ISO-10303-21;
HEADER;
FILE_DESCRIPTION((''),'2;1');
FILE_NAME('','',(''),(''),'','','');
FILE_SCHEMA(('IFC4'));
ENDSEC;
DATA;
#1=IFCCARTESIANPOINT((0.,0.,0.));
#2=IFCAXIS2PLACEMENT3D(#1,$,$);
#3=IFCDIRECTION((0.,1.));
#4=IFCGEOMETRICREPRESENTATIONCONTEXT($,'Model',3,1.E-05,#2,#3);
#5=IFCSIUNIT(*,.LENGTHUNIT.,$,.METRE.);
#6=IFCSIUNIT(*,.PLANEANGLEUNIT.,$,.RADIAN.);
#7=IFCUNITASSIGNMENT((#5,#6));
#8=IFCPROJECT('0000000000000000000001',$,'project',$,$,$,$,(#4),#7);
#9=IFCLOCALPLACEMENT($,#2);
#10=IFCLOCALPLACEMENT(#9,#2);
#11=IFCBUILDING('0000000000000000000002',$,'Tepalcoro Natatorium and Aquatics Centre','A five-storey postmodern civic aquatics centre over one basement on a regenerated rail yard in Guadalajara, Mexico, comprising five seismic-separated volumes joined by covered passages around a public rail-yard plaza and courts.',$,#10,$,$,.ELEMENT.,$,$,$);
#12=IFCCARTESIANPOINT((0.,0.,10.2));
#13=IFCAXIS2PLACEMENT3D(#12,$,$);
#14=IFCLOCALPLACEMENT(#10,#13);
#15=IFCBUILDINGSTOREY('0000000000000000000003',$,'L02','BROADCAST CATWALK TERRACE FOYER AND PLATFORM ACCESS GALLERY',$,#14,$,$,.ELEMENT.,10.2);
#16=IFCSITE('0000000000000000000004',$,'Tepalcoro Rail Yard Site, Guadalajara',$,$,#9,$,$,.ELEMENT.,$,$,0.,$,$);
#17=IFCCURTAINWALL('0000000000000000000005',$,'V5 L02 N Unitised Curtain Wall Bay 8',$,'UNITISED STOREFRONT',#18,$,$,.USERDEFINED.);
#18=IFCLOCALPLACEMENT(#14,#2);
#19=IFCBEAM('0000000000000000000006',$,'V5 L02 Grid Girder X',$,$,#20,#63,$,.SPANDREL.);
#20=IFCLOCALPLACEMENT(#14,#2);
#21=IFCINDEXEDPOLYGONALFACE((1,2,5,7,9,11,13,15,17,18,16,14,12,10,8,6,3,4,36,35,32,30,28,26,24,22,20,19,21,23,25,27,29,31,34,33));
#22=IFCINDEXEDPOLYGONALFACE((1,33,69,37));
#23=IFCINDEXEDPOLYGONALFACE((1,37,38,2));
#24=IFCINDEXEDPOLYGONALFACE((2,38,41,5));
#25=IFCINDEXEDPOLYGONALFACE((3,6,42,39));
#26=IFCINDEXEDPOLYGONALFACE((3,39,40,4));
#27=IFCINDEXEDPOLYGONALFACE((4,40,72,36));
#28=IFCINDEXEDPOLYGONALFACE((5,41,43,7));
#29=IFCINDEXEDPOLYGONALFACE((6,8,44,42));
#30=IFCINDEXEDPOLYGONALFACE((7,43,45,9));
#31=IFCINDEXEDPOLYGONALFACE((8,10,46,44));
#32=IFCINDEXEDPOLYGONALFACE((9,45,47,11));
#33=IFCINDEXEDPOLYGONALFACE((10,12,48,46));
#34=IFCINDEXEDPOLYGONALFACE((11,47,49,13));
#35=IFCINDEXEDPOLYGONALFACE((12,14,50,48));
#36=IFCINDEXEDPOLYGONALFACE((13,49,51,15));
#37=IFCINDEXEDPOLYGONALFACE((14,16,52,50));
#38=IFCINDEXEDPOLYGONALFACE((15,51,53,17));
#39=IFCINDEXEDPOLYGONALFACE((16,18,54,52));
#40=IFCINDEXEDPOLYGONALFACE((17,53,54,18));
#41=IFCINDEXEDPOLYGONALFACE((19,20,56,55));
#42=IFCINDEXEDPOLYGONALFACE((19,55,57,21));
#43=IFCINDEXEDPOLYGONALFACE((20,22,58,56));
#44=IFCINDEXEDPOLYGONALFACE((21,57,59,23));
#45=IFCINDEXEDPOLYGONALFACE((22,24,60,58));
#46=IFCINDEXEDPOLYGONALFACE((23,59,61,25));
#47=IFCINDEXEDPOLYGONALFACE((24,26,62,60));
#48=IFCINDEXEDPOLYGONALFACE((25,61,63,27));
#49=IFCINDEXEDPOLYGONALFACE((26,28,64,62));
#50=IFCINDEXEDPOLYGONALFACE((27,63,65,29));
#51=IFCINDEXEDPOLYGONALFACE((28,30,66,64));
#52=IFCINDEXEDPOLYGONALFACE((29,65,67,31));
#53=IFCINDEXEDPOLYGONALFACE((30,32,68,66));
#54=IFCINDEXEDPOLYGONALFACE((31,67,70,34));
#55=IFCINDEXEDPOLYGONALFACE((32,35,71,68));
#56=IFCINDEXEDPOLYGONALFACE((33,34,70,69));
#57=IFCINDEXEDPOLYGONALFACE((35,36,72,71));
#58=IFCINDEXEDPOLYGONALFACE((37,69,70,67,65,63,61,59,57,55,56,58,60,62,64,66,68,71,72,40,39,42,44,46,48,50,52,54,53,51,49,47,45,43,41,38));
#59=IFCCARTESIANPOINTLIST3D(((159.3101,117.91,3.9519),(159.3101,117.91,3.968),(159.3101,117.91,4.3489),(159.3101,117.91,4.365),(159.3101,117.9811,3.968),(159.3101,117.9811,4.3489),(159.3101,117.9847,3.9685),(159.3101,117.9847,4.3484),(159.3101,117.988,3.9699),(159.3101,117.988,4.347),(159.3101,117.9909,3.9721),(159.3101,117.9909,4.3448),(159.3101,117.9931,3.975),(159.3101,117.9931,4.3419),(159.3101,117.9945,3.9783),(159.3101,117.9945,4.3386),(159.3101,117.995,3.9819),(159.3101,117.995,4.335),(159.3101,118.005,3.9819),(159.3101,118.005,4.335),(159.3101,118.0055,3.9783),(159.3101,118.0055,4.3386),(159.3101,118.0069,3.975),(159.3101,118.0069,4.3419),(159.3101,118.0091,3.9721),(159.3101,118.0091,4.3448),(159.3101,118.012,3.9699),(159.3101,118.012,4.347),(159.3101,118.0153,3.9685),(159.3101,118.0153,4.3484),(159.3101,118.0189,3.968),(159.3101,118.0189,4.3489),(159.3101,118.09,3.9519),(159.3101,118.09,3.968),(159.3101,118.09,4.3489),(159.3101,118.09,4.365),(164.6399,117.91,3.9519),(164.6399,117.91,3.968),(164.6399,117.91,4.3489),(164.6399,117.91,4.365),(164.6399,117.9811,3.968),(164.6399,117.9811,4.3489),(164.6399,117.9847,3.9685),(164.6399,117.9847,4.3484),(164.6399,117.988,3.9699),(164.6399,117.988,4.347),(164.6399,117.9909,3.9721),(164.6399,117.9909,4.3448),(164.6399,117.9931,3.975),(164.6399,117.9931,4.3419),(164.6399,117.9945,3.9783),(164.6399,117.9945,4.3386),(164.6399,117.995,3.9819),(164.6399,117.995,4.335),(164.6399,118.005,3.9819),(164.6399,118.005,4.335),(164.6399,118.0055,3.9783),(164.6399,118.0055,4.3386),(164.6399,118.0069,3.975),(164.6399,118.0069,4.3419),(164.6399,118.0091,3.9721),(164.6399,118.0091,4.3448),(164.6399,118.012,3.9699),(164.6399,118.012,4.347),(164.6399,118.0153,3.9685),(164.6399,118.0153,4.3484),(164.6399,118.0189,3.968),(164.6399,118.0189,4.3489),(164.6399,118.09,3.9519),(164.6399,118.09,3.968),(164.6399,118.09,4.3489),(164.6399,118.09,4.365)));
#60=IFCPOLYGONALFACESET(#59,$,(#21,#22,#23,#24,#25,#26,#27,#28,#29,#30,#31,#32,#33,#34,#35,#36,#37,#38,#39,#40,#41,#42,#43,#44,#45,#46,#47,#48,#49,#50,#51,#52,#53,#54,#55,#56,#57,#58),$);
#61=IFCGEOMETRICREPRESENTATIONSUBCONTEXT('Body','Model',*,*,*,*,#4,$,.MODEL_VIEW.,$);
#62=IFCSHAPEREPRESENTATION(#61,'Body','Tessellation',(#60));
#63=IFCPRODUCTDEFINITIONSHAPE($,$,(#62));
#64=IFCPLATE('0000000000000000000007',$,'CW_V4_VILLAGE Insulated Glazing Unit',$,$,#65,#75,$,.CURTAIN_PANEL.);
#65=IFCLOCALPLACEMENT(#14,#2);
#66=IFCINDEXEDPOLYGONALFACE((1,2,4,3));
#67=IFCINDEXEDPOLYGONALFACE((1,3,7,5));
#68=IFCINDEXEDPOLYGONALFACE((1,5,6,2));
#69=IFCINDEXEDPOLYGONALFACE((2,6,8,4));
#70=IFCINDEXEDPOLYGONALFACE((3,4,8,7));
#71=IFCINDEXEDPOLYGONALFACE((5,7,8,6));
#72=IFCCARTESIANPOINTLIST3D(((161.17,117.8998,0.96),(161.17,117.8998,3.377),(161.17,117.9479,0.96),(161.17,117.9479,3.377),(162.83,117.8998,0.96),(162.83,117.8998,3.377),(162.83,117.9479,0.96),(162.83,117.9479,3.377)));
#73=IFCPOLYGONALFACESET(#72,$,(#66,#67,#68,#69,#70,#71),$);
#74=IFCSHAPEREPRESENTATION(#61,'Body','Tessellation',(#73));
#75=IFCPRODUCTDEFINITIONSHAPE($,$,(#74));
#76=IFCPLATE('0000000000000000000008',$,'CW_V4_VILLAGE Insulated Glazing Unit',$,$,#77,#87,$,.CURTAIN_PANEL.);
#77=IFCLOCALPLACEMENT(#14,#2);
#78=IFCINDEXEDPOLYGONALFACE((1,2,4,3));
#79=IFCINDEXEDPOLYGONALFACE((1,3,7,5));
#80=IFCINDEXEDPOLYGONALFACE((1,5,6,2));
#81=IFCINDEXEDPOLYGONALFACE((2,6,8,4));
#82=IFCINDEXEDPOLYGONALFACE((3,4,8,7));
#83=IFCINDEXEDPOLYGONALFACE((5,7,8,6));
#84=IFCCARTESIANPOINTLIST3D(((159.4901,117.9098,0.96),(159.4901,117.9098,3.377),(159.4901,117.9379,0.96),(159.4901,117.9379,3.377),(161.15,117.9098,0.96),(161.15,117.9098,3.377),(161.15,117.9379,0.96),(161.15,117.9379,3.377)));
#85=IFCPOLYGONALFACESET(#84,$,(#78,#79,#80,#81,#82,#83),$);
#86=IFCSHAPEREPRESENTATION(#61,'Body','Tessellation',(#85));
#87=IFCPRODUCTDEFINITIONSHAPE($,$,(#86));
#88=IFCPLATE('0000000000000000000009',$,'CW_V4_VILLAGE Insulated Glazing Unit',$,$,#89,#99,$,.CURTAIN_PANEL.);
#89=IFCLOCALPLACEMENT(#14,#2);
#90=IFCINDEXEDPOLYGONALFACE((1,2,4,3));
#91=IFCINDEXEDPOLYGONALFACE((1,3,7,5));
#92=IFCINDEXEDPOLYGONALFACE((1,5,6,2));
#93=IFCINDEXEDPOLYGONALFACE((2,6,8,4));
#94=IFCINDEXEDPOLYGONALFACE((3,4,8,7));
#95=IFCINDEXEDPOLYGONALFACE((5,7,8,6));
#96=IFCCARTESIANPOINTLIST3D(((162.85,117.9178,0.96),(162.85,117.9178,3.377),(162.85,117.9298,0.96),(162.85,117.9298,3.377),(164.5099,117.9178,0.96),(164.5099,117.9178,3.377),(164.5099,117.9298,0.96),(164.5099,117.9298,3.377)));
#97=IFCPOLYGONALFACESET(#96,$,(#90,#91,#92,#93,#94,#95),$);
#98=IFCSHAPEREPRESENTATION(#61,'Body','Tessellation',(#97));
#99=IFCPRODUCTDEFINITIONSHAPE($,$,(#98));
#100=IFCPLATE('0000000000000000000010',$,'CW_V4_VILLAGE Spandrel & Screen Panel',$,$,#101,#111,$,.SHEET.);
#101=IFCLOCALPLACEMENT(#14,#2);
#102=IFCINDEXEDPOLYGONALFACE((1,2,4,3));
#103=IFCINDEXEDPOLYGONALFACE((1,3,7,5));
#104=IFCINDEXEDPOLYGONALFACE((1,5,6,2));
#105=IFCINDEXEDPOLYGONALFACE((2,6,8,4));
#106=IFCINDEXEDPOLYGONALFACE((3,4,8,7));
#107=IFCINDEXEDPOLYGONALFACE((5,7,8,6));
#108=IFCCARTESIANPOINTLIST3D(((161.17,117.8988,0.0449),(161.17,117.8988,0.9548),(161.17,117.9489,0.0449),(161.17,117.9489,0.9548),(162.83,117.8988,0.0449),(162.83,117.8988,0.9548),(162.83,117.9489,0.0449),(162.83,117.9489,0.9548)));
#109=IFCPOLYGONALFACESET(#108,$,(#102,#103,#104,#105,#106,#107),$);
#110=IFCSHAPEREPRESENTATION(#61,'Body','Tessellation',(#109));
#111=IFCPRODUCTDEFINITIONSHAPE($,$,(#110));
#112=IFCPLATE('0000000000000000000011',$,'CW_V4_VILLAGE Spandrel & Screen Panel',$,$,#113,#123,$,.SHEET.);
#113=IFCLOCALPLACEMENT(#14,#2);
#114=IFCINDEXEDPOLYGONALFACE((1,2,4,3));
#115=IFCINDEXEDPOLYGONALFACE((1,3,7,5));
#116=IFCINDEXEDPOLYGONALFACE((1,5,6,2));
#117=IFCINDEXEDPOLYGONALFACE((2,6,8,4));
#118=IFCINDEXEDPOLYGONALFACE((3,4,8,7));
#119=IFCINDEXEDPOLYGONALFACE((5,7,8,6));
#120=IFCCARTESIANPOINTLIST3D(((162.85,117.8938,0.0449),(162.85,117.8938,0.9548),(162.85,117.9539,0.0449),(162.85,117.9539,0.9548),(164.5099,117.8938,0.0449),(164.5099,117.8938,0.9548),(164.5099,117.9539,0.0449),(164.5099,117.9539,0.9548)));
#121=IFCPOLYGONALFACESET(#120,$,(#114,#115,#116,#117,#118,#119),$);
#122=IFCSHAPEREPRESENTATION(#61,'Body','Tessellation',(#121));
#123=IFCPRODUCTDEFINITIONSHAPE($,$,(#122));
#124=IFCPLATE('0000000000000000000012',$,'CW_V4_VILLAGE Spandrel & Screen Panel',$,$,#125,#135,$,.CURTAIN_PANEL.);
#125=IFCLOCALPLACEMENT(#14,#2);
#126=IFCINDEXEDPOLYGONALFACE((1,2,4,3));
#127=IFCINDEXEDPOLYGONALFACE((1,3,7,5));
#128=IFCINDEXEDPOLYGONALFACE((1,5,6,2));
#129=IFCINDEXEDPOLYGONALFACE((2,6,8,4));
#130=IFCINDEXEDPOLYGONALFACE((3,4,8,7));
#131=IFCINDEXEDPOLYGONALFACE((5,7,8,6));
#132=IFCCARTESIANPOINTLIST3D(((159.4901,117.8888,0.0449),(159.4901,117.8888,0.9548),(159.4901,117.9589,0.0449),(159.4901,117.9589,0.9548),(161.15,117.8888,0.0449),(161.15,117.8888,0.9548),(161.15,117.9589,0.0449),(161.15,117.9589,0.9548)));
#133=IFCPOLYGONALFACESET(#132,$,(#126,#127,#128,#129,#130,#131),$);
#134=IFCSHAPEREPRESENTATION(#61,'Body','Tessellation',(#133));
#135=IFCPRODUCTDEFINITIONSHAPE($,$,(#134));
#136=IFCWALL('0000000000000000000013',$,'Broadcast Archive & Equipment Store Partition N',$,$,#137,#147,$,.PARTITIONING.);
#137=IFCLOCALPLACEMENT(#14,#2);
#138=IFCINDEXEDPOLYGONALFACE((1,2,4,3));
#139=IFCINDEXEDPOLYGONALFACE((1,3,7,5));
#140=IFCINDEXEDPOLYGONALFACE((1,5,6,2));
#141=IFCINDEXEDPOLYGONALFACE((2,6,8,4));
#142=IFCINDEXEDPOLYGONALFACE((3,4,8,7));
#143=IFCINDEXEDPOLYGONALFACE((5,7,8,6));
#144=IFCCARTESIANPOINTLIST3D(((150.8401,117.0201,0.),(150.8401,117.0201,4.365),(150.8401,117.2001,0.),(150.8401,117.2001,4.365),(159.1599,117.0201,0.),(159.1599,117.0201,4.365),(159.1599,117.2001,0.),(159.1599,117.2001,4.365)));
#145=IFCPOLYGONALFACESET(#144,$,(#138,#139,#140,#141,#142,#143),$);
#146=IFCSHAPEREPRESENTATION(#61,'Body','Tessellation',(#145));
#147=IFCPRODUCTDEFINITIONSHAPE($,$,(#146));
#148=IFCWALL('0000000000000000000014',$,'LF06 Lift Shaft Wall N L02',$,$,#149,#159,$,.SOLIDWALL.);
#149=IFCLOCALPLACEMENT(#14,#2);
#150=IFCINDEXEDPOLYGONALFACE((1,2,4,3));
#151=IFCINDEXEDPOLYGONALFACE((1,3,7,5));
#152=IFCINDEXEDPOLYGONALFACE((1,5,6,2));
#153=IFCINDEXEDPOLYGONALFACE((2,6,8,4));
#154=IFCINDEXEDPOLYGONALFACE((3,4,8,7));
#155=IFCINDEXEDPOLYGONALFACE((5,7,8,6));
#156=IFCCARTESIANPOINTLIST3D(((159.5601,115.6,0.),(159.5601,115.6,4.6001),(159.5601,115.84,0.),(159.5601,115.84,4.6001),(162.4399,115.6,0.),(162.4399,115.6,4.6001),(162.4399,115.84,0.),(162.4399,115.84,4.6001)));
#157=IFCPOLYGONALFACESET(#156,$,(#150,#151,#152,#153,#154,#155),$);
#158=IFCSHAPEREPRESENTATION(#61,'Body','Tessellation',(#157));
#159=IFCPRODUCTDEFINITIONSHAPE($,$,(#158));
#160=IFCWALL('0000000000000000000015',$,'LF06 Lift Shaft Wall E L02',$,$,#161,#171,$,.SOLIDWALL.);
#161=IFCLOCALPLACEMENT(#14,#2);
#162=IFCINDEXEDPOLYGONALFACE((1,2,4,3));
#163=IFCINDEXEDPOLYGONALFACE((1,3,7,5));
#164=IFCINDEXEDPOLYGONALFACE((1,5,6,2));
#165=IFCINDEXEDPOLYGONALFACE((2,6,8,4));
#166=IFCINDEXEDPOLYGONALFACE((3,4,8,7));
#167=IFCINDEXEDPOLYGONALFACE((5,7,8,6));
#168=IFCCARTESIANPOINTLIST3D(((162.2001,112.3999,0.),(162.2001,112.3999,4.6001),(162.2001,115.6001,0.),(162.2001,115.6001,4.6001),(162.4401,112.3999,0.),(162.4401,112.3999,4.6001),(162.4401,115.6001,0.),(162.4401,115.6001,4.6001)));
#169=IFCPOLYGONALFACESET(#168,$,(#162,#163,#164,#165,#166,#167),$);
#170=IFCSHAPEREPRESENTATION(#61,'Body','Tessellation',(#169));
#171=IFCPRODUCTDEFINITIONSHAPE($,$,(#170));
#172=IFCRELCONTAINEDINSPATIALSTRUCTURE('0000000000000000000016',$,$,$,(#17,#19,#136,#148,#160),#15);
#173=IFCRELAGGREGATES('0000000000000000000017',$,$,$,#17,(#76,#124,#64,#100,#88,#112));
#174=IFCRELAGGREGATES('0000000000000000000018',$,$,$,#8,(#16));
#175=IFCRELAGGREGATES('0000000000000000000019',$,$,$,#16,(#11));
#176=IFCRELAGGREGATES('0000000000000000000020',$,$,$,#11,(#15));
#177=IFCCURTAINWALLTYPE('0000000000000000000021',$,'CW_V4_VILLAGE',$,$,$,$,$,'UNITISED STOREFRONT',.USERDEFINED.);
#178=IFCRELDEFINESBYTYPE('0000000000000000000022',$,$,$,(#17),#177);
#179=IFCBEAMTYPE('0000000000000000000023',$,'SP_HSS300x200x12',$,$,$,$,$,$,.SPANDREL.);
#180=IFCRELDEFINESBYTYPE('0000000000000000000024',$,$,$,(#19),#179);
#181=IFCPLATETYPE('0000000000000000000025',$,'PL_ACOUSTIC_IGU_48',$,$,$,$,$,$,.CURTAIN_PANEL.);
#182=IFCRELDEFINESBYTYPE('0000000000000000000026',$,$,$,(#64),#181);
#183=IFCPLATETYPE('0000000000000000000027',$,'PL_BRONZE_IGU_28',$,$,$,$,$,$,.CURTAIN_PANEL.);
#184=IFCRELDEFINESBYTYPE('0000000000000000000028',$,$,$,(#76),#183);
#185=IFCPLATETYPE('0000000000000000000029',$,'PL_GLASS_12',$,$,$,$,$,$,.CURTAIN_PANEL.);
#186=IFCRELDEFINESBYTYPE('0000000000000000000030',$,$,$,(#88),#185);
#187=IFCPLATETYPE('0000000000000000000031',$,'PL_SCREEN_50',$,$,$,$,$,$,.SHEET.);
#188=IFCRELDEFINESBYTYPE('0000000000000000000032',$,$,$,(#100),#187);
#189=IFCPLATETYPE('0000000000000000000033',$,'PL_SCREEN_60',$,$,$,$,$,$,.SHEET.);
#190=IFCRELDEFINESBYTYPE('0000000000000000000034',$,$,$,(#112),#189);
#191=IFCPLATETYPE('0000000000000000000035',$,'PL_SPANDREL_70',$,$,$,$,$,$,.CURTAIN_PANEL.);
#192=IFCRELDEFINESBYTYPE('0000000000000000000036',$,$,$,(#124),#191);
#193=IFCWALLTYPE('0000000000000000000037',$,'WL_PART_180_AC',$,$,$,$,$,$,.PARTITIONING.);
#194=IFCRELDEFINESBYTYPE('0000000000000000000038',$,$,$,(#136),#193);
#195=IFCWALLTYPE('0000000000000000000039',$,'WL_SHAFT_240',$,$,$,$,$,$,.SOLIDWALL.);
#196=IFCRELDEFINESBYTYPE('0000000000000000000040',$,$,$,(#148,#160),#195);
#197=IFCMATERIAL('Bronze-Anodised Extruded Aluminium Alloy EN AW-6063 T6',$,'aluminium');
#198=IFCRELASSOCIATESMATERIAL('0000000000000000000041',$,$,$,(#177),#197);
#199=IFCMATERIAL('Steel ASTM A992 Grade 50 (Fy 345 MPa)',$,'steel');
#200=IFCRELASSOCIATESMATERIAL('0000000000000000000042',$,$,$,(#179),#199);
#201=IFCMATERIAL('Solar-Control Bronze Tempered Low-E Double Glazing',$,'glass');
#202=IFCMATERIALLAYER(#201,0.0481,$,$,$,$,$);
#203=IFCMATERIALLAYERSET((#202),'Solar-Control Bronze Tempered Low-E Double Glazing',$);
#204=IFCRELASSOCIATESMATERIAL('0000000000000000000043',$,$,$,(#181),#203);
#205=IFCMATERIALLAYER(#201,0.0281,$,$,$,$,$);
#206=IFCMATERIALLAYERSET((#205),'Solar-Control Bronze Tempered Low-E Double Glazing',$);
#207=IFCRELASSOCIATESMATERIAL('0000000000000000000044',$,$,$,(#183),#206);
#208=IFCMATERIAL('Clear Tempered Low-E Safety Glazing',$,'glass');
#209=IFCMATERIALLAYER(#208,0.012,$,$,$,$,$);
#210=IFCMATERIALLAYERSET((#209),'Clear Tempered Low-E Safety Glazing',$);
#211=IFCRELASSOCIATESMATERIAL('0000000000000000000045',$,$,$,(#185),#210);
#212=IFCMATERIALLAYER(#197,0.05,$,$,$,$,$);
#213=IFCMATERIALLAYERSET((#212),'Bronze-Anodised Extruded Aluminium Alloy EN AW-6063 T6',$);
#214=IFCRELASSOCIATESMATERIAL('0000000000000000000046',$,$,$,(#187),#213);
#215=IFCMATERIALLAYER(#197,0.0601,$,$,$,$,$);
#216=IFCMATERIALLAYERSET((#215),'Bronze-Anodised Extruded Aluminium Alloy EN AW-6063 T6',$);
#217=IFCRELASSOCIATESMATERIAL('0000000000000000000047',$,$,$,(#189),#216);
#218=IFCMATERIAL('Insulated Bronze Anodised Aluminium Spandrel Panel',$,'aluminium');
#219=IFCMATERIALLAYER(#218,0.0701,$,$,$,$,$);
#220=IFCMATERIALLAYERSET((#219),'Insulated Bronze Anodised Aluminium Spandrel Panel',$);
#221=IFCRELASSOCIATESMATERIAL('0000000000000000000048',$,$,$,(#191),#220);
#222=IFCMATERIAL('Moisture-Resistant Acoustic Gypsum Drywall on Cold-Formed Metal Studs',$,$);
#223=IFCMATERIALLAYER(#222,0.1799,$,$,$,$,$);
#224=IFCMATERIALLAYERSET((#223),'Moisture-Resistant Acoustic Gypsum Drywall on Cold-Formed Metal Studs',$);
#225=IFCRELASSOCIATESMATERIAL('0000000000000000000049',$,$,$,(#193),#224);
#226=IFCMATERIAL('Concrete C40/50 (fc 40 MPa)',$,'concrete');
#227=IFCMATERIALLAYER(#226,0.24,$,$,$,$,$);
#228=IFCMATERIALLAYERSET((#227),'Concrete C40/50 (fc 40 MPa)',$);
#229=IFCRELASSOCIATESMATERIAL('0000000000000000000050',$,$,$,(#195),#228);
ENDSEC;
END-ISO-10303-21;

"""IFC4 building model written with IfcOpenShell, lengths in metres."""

from ifc_helpers import new_model, si_unit, direction, frame, frame_2d, origin, origin_2d, place, context, subcontext, project, spatial, rectangle, i_section, extrude, material, layer, layer_set, material_profile, profile_set, type_object, element, aggregate, save


model = new_model("IFC4")

# Units and contexts
model_context = context("Model", 3, precision=1e-05, world=origin(), true_north=direction((0.0, 1.0)))
body_context = subcontext(model_context, "Body", "Model", "MODEL_VIEW")
ifc_project = project(units=[si_unit("LENGTHUNIT", "METRE"), si_unit("PLANEANGLEUNIT", "RADIAN")], contexts=[model_context])

# Site, building, storey
site_placement = place(None, origin())
site = spatial("IfcSite", under=ifc_project, at=site_placement, Name="Tepalcoro Rail Yard Site, Guadalajara", CompositionType="ELEMENT", RefElevation=0.0)
building_placement = place(site_placement, origin())
building = spatial("IfcBuilding", under=site, at=building_placement, Name="Tepalcoro Natatorium and Aquatics Centre", Description="A five-storey postmodern civic aquatics centre over one basement on a regenerated rail yard in Guadalajara, Mexico, comprising five seismic-separated volumes joined by covered passages around a public rail-yard plaza and courts.", CompositionType="ELEMENT")
storey_placement = place(building_placement, frame((0.0, 0.0, 10.2)))
storey = spatial("IfcBuildingStorey", under=building, at=storey_placement, Name="L02", Description="BROADCAST CATWALK TERRACE FOYER AND PLATFORM ACCESS GALLERY", CompositionType="ELEMENT", Elevation=10.2)

# Shared definitions
ifc_material_1 = material(Name="Concrete C40/50 (fc 40 MPa)", Category="concrete")

# Curtain wall
ifc_material_2 = material(Name="Bronze-Anodised Extruded Aluminium Alloy EN AW-6063 T6", Category="aluminium")
curtain_wall_type = type_object("IfcCurtainWallType", Name="CW_V4_VILLAGE", ElementType="UNITISED STOREFRONT", PredefinedType="USERDEFINED", material=ifc_material_2)
curtain_wall_placement = place(storey_placement, origin())
curtain_wall = element("IfcCurtainWall", 1, at=curtain_wall_placement, inside=storey, type_object=curtain_wall_type, Name="V5 L02 N Unitised Curtain Wall Bay 8", ObjectType="UNITISED STOREFRONT", PredefinedType="USERDEFINED")

# Beam
ifc_material_3 = material(Name="Steel ASTM A992 Grade 50 (Fy 345 MPa)", Category="steel")
ifc_material_profile_1 = material_profile(ifc_material_3, i_section(OverallWidth=0.1799, OverallDepth=0.4131, WebThickness=0.01, FlangeThickness=0.0161, FilletRadius=0.0139, at=origin_2d()), Name="W16X50")
ifc_profile_set_1 = profile_set([ifc_material_profile_1], Name="Steel ASTM A992 Grade 50 (Fy 345 MPa)")
beam_type = type_object("IfcBeamType", Name="SP_HSS300x200x12", PredefinedType="SPANDREL", material=ifc_profile_set_1)
beam_placement = place(storey_placement, frame((159.3101, 118.0, 4.1584), z_axis=(1.0, 0.0, 0.0), x_axis=(0.0, 1.0, 0.0)))
element("IfcBeam", 2, at=beam_placement, inside=storey, type_object=beam_type, Name="V5 L02 Grid Girder X", PredefinedType="SPANDREL", context=body_context, shape_type="SweptSolid", body=[
    extrude(i_section(OverallWidth=0.1799, OverallDepth=0.4131, WebThickness=0.01, FlangeThickness=0.0161, FilletRadius=0.0139, at=origin_2d()), origin(), (0.0, 0.0, 1.0), 5.3298),
])

# Plates
ifc_material_4 = material(Name="Solar-Control Bronze Tempered Low-E Double Glazing", Category="glass")
ifc_layer_1 = layer(ifc_material_4, 0.0481)
ifc_layer_set_1 = layer_set([ifc_layer_1], Name="Solar-Control Bronze Tempered Low-E Double Glazing")
plate_type_1 = type_object("IfcPlateType", Name="PL_ACOUSTIC_IGU_48", PredefinedType="CURTAIN_PANEL", material=ifc_layer_set_1)
plate_1_placement = place(storey_placement, frame((162.0, 117.9238, 0.96), z_axis=(0.0, 0.0, 1.0), x_axis=(1.0, 0.0, 0.0)))
plate_1 = element("IfcPlate", 3, at=plate_1_placement, type_object=plate_type_1, Name="CW_V4_VILLAGE Insulated Glazing Unit", PredefinedType="CURTAIN_PANEL", context=body_context, shape_type="SweptSolid", body=[
    extrude(rectangle(XDim=1.6599, YDim=0.0481, at=origin_2d()), origin(), (0.0, 0.0, 1.0), 2.417),
])
ifc_layer_2 = layer(ifc_material_4, 0.0281)
ifc_layer_set_2 = layer_set([ifc_layer_2], Name="Solar-Control Bronze Tempered Low-E Double Glazing")
plate_type_2 = type_object("IfcPlateType", Name="PL_BRONZE_IGU_28", PredefinedType="CURTAIN_PANEL", material=ifc_layer_set_2)
plate_2_placement = place(storey_placement, frame((160.3201, 117.9238, 0.96), z_axis=(0.0, 0.0, 1.0), x_axis=(1.0, 0.0, 0.0)))
plate_2 = element("IfcPlate", 4, at=plate_2_placement, type_object=plate_type_2, Name="CW_V4_VILLAGE Insulated Glazing Unit", PredefinedType="CURTAIN_PANEL", context=body_context, shape_type="SweptSolid", body=[
    extrude(rectangle(XDim=1.6599, YDim=0.0281, at=origin_2d()), origin(), (0.0, 0.0, 1.0), 2.417),
])
ifc_material_5 = material(Name="Clear Tempered Low-E Safety Glazing", Category="glass")
ifc_layer_3 = layer(ifc_material_5, 0.012)
ifc_layer_set_3 = layer_set([ifc_layer_3], Name="Clear Tempered Low-E Safety Glazing")
plate_type_3 = type_object("IfcPlateType", Name="PL_GLASS_12", PredefinedType="CURTAIN_PANEL", material=ifc_layer_set_3)
plate_3_placement = place(storey_placement, frame((163.6799, 117.9238, 0.96), z_axis=(0.0, 0.0, 1.0), x_axis=(1.0, 0.0, 0.0)))
plate_3 = element("IfcPlate", 5, at=plate_3_placement, type_object=plate_type_3, Name="CW_V4_VILLAGE Insulated Glazing Unit", PredefinedType="CURTAIN_PANEL", context=body_context, shape_type="SweptSolid", body=[
    extrude(rectangle(XDim=1.6599, YDim=0.012, at=origin_2d()), origin(), (0.0, 0.0, 1.0), 2.417),
])
ifc_layer_4 = layer(ifc_material_2, 0.05)
ifc_layer_set_4 = layer_set([ifc_layer_4], Name="Bronze-Anodised Extruded Aluminium Alloy EN AW-6063 T6")
plate_type_4 = type_object("IfcPlateType", Name="PL_SCREEN_50", PredefinedType="SHEET", material=ifc_layer_set_4)
plate_4_placement = place(storey_placement, frame((162.0, 117.9238, 0.0449), z_axis=(0.0, 0.0, 1.0), x_axis=(1.0, 0.0, 0.0)))
plate_4 = element("IfcPlate", 6, at=plate_4_placement, type_object=plate_type_4, Name="CW_V4_VILLAGE Spandrel & Screen Panel", PredefinedType="SHEET", context=body_context, shape_type="SweptSolid", body=[
    extrude(rectangle(XDim=1.6599, YDim=0.05, at=origin_2d()), origin(), (0.0, 0.0, 1.0), 0.9099),
])
ifc_layer_5 = layer(ifc_material_2, 0.0601)
ifc_layer_set_5 = layer_set([ifc_layer_5], Name="Bronze-Anodised Extruded Aluminium Alloy EN AW-6063 T6")
plate_type_5 = type_object("IfcPlateType", Name="PL_SCREEN_60", PredefinedType="SHEET", material=ifc_layer_set_5)
plate_5_placement = place(storey_placement, frame((163.6799, 117.9238, 0.0449), z_axis=(0.0, 0.0, 1.0), x_axis=(1.0, 0.0, 0.0)))
plate_5 = element("IfcPlate", 7, at=plate_5_placement, type_object=plate_type_5, Name="CW_V4_VILLAGE Spandrel & Screen Panel", PredefinedType="SHEET", context=body_context, shape_type="SweptSolid", body=[
    extrude(rectangle(XDim=1.6599, YDim=0.0601, at=origin_2d()), origin(), (0.0, 0.0, 1.0), 0.9099),
])
ifc_material_6 = material(Name="Insulated Bronze Anodised Aluminium Spandrel Panel", Category="aluminium")
ifc_layer_6 = layer(ifc_material_6, 0.0701)
ifc_layer_set_6 = layer_set([ifc_layer_6], Name="Insulated Bronze Anodised Aluminium Spandrel Panel")
plate_type_6 = type_object("IfcPlateType", Name="PL_SPANDREL_70", PredefinedType="CURTAIN_PANEL", material=ifc_layer_set_6)
plate_6_placement = place(storey_placement, frame((160.3201, 117.9238, 0.0449), z_axis=(0.0, 0.0, 1.0), x_axis=(1.0, 0.0, 0.0)))
plate_6 = element("IfcPlate", 8, at=plate_6_placement, type_object=plate_type_6, Name="CW_V4_VILLAGE Spandrel & Screen Panel", PredefinedType="CURTAIN_PANEL", context=body_context, shape_type="SweptSolid", body=[
    extrude(rectangle(XDim=1.6599, YDim=0.0701, at=origin_2d()), origin(), (0.0, 0.0, 1.0), 0.9099),
])
aggregate(curtain_wall, [plate_2, plate_6, plate_1, plate_4, plate_3, plate_5])

# Walls
ifc_material_7 = material(Name="Moisture-Resistant Acoustic Gypsum Drywall on Cold-Formed Metal Studs")
ifc_layer_7 = layer(ifc_material_7, 0.1799)
ifc_layer_set_7 = layer_set([ifc_layer_7], Name="Moisture-Resistant Acoustic Gypsum Drywall on Cold-Formed Metal Studs")
wall_type_1 = type_object("IfcWallType", Name="WL_PART_180_AC", PredefinedType="PARTITIONING", material=ifc_layer_set_7)
wall_1_placement = place(storey_placement, frame((150.8401, 117.1101, 0.0), z_axis=(0.0, 0.0, 1.0), x_axis=(1.0, 0.0, 0.0)))
element("IfcWall", 9, at=wall_1_placement, inside=storey, type_object=wall_type_1, Name="Broadcast Archive & Equipment Store Partition N", PredefinedType="PARTITIONING", context=body_context, shape_type="SweptSolid", body=[
    extrude(rectangle(XDim=8.3198, YDim=0.1799, at=frame_2d((4.1599, 0.0))), origin(), (0.0, 0.0, 1.0), 4.365),
])
ifc_layer_8 = layer(ifc_material_1, 0.24)
ifc_layer_set_8 = layer_set([ifc_layer_8], Name="Concrete C40/50 (fc 40 MPa)")
wall_type_2 = type_object("IfcWallType", Name="WL_SHAFT_240", PredefinedType="SOLIDWALL", material=ifc_layer_set_8)
wall_2_placement = place(storey_placement, frame((159.5601, 115.72, 0.0), z_axis=(0.0, 0.0, 1.0), x_axis=(1.0, 0.0, 0.0)))
element("IfcWall", 10, at=wall_2_placement, inside=storey, type_object=wall_type_2, Name="LF06 Lift Shaft Wall N L02", PredefinedType="SOLIDWALL", context=body_context, shape_type="SweptSolid", body=[
    extrude(rectangle(XDim=2.8799, YDim=0.24, at=frame_2d((1.4399, 0.0))), origin(), (0.0, 0.0, 1.0), 4.6001),
])
wall_3_placement = place(storey_placement, frame((162.3201, 112.3999, 0.0), z_axis=(0.0, 0.0, 1.0), x_axis=(0.0, 1.0, 0.0)))
element("IfcWall", 11, at=wall_3_placement, inside=storey, type_object=wall_type_2, Name="LF06 Lift Shaft Wall E L02", PredefinedType="SOLIDWALL", context=body_context, shape_type="SweptSolid", body=[
    extrude(rectangle(XDim=3.2002, YDim=0.24, at=frame_2d((1.6001, 0.0))), origin(), (0.0, 0.0, 1.0), 4.6001),
])

save(model, "model.ifc")
